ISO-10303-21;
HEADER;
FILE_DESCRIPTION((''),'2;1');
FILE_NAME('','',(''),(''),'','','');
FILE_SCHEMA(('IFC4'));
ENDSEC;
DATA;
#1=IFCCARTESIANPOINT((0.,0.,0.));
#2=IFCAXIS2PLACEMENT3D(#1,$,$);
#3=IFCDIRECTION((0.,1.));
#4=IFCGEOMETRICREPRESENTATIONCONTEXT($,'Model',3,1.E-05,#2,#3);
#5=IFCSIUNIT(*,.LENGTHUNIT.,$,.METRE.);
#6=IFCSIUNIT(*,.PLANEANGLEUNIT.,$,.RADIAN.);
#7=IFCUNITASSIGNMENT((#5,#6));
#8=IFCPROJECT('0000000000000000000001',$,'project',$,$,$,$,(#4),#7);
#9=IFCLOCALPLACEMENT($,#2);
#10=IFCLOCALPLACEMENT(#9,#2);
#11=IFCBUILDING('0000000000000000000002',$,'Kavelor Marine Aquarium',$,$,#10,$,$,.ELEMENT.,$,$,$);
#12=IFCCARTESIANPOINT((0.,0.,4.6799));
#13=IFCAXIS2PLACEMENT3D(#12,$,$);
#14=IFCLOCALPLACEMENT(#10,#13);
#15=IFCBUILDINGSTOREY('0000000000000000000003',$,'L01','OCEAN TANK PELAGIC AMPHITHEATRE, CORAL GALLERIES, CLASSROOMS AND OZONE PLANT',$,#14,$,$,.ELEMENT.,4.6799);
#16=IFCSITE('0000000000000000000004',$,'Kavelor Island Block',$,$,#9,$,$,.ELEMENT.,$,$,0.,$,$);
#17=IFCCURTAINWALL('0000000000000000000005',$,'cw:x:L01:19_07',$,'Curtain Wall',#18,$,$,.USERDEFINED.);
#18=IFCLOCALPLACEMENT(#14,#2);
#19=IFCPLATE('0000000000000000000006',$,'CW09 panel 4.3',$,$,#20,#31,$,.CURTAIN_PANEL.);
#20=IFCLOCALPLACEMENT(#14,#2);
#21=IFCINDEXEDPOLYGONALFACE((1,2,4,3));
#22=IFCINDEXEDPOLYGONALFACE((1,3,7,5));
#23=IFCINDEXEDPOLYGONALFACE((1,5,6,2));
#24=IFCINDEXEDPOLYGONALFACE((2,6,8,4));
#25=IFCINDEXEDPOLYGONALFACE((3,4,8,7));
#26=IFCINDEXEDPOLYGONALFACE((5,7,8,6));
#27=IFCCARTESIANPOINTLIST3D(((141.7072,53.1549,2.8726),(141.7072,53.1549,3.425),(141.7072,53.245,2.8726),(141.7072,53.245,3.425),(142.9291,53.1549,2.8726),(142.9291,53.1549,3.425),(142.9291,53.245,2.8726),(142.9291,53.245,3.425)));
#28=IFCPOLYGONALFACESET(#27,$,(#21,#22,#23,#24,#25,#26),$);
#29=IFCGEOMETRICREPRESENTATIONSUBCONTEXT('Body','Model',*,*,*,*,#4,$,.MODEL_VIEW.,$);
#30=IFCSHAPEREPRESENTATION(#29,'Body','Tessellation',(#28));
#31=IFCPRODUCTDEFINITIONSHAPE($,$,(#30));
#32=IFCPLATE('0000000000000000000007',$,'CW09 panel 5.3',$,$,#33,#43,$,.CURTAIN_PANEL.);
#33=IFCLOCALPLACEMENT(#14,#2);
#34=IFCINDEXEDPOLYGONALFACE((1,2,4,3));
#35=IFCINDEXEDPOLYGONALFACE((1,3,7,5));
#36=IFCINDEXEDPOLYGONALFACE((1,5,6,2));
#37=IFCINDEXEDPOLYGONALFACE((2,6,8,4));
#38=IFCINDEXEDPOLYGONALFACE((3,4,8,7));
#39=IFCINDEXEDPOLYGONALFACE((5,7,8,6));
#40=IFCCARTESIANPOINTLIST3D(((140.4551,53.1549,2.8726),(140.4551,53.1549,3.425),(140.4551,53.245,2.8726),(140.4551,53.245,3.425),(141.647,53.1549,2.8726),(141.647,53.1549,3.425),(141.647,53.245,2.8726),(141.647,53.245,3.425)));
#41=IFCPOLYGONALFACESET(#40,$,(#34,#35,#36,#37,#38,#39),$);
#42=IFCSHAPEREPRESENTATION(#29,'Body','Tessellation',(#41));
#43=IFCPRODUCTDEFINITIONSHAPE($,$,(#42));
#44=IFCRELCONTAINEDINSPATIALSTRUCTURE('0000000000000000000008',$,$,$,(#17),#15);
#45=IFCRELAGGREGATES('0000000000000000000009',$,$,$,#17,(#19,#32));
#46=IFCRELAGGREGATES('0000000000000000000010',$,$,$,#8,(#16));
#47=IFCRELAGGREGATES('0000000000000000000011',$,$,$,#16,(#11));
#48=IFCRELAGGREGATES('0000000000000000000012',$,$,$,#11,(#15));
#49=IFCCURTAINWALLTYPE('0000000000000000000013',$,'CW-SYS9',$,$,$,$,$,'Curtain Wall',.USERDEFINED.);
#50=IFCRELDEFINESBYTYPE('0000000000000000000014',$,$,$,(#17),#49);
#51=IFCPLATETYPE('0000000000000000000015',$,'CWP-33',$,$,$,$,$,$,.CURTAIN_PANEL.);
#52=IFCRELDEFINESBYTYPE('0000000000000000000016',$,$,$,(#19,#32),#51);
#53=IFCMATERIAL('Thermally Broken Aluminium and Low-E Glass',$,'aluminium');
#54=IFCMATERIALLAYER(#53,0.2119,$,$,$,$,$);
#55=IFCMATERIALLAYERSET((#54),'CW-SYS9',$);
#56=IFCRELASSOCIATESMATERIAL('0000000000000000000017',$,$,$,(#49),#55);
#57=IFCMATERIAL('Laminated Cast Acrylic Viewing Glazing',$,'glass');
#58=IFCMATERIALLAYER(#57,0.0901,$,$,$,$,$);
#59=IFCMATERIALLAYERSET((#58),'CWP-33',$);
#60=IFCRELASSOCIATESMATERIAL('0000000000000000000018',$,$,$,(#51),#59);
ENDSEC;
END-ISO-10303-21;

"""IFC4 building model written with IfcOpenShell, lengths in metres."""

from ifc_helpers import new_model, si_unit, direction, frame, origin, origin_2d, place, context, subcontext, project, spatial, rectangle, extrude, material, layer, layer_set, type_object, element, aggregate, save


model = new_model("IFC4")

# Units and contexts
model_context = context("Model", 3, precision=1e-05, world=origin(), true_north=direction((0.0, 1.0)))
body_context = subcontext(model_context, "Body", "Model", "MODEL_VIEW")
ifc_project = project(units=[si_unit("LENGTHUNIT", "METRE"), si_unit("PLANEANGLEUNIT", "RADIAN")], contexts=[model_context])

# Site, building, storey
site_placement = place(None, origin())
site = spatial("IfcSite", under=ifc_project, at=site_placement, Name="Kavelor Island Block", CompositionType="ELEMENT", RefElevation=0.0)
building_placement = place(site_placement, origin())
building = spatial("IfcBuilding", under=site, at=building_placement, Name="Kavelor Marine Aquarium", CompositionType="ELEMENT")
storey_placement = place(building_placement, frame((0.0, 0.0, 4.6799)))
storey = spatial("IfcBuildingStorey", under=building, at=storey_placement, Name="L01", Description="OCEAN TANK PELAGIC AMPHITHEATRE, CORAL GALLERIES, CLASSROOMS AND OZONE PLANT", CompositionType="ELEMENT", Elevation=4.6799)

# Curtain wall
ifc_material_1 = material(Name="Thermally Broken Aluminium and Low-E Glass", Category="aluminium")
ifc_layer_1 = layer(ifc_material_1, 0.2119)
ifc_layer_set_1 = layer_set([ifc_layer_1], Name="CW-SYS9")
curtain_wall_type = type_object("IfcCurtainWallType", Name="CW-SYS9", ElementType="Curtain Wall", PredefinedType="USERDEFINED", material=ifc_layer_set_1)
curtain_wall_placement = place(storey_placement, origin())
curtain_wall = element("IfcCurtainWall", 1, at=curtain_wall_placement, inside=storey, type_object=curtain_wall_type, Name="cw:x:L01:19_07", ObjectType="Curtain Wall", PredefinedType="USERDEFINED")

# Plates
ifc_material_2 = material(Name="Laminated Cast Acrylic Viewing Glazing", Category="glass")
ifc_layer_2 = layer(ifc_material_2, 0.0901)
ifc_layer_set_2 = layer_set([ifc_layer_2], Name="CWP-33")
plate_type = type_object("IfcPlateType", Name="CWP-33", PredefinedType="CURTAIN_PANEL", material=ifc_layer_set_2)
plate_1_placement = place(storey_placement, frame((142.3181, 53.2, 2.8726), z_axis=(0.0, 0.0, 1.0), x_axis=(-1.0, 0.0, 0.0)))
plate_1 = element("IfcPlate", 2, at=plate_1_placement, type_object=plate_type, Name="CW09 panel 4.3", PredefinedType="CURTAIN_PANEL", context=body_context, shape_type="SweptSolid", body=[
    extrude(rectangle(XDim=1.2219, YDim=0.0901, at=origin_2d()), origin(), (0.0, 0.0, 1.0), 0.5525),
])
plate_2_placement = place(storey_placement, frame((141.051, 53.2, 2.8726), z_axis=(0.0, 0.0, 1.0), x_axis=(-1.0, 0.0, 0.0)))
plate_2 = element("IfcPlate", 3, at=plate_2_placement, type_object=plate_type, Name="CW09 panel 5.3", PredefinedType="CURTAIN_PANEL", context=body_context, shape_type="SweptSolid", body=[
    extrude(rectangle(XDim=1.1919, YDim=0.0901, at=origin_2d()), origin(), (0.0, 0.0, 1.0), 0.5525),
])
aggregate(curtain_wall, [plate_1, plate_2])

save(model, "model.ifc")
